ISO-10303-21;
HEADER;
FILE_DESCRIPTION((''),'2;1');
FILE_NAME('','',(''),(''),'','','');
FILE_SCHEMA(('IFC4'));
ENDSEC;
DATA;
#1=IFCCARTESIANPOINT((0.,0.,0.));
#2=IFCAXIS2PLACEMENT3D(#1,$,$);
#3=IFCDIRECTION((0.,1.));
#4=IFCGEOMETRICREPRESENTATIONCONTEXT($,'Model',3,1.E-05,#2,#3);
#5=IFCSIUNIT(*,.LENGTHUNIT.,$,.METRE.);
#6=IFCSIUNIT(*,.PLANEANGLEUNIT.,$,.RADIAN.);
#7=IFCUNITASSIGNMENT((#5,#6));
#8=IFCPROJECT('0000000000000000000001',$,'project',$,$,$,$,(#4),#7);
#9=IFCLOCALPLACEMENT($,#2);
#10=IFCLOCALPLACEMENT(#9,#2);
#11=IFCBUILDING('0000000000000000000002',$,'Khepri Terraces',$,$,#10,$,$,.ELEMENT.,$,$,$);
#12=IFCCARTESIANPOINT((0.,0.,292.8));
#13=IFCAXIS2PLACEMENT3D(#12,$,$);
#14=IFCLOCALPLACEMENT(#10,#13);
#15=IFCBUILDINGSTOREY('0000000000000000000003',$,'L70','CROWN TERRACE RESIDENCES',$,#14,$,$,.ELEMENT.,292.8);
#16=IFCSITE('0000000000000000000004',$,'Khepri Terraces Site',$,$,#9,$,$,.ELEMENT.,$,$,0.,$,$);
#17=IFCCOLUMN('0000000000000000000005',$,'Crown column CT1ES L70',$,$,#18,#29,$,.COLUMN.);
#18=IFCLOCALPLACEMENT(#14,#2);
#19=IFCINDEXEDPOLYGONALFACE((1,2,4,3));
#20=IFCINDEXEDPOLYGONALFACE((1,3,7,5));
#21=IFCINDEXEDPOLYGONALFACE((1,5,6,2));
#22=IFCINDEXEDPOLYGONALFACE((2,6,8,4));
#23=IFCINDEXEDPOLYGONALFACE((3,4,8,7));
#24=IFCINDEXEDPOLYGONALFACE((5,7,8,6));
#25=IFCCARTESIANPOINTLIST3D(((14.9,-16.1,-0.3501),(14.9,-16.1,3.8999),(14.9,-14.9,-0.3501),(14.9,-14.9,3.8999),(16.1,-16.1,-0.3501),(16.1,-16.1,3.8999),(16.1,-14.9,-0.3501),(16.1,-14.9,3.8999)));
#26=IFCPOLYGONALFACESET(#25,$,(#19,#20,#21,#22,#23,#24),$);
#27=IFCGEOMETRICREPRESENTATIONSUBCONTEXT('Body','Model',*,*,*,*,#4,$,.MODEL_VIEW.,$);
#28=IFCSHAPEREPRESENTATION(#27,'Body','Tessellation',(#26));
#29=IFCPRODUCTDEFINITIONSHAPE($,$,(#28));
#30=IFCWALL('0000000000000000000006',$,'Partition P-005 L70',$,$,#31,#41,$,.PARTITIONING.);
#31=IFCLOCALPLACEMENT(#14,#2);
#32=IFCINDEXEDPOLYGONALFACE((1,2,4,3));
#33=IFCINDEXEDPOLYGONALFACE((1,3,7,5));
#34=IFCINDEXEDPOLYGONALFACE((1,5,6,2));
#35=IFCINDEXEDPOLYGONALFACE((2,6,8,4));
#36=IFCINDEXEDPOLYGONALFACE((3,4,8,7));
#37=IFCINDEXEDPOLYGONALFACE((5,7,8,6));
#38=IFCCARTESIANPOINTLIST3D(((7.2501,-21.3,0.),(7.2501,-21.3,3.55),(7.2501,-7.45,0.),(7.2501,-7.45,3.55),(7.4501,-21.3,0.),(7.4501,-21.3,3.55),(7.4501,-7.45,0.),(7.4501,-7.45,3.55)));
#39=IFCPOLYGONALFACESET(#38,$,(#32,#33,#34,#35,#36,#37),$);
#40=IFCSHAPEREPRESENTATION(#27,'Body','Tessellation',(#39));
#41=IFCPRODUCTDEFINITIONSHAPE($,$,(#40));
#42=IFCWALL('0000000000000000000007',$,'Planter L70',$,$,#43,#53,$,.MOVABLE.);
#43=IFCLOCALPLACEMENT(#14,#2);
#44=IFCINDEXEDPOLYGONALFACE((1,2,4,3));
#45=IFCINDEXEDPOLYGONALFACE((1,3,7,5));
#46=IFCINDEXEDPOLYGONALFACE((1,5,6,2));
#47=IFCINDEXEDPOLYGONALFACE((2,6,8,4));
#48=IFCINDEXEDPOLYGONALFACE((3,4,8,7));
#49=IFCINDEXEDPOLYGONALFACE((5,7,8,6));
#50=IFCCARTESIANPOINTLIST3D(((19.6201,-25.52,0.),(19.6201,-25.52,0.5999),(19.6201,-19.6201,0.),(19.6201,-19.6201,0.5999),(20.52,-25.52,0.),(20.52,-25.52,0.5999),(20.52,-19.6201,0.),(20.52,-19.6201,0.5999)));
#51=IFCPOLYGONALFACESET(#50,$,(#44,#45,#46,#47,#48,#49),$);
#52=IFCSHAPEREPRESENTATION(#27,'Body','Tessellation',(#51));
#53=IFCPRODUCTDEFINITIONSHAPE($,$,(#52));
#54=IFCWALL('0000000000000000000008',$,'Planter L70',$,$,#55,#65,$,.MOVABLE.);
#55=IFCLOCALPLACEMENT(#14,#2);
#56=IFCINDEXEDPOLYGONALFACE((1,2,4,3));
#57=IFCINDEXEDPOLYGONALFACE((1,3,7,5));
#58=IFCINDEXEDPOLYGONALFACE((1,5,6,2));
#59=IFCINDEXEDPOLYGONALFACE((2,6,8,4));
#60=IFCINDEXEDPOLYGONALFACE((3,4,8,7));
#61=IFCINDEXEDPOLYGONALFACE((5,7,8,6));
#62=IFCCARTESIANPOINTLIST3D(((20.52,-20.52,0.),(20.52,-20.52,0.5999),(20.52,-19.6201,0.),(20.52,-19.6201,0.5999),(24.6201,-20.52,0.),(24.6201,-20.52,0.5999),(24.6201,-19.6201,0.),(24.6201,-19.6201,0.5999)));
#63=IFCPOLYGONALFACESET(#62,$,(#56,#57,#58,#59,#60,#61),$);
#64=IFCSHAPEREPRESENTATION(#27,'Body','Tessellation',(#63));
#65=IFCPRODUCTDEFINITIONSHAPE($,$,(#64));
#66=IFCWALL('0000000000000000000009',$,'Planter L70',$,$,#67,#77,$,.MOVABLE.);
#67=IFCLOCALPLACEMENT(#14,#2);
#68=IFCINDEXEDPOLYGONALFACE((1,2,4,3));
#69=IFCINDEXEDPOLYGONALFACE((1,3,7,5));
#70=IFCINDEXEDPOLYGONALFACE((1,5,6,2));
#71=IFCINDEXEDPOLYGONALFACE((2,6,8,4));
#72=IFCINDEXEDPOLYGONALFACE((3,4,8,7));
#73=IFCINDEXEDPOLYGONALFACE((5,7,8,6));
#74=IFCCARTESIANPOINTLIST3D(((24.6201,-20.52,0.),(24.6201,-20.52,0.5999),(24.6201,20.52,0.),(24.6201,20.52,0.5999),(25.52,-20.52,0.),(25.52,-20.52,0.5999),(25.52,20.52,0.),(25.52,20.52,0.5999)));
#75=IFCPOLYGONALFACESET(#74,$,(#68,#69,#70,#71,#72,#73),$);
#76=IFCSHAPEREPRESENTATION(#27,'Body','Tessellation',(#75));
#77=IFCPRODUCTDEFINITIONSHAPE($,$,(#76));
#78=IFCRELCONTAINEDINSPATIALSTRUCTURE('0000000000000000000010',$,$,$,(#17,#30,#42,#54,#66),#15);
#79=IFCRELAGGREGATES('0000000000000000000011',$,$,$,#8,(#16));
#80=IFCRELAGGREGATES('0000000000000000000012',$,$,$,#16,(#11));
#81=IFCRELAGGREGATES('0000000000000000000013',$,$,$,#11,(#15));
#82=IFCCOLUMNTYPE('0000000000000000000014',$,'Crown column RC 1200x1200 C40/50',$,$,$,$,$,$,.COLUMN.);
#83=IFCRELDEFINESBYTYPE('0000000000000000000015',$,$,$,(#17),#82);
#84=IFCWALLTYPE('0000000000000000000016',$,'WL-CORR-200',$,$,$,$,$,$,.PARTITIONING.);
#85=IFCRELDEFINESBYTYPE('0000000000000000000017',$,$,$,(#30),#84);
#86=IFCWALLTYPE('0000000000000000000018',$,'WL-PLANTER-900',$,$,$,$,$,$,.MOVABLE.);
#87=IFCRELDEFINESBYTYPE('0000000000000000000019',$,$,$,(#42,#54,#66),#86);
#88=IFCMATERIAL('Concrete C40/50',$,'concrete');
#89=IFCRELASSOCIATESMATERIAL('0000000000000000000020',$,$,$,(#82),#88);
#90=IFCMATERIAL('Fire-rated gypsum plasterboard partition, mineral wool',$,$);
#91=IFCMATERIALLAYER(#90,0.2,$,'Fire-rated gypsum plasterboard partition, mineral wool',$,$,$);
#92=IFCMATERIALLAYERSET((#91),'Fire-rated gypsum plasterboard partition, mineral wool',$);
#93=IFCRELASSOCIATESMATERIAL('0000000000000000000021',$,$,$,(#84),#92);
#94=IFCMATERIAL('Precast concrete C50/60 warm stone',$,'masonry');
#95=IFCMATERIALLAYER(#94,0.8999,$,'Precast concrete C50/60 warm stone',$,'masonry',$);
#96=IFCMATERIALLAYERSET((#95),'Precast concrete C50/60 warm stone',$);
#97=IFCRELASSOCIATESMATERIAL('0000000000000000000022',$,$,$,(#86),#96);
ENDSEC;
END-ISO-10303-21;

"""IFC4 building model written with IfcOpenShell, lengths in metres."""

from ifc_helpers import new_model, si_unit, direction, frame, frame_2d, origin, origin_2d, place, context, subcontext, project, spatial, rectangle, extrude, material, layer, layer_set, material_profile, profile_set, type_object, element, save


model = new_model("IFC4")

# Units and contexts
model_context = context("Model", 3, precision=1e-05, world=origin(), true_north=direction((0.0, 1.0)))
body_context = subcontext(model_context, "Body", "Model", "MODEL_VIEW")
ifc_project = project(units=[si_unit("LENGTHUNIT", "METRE"), si_unit("PLANEANGLEUNIT", "RADIAN")], contexts=[model_context])

# Site, building, storey
site_placement = place(None, origin())
site = spatial("IfcSite", under=ifc_project, at=site_placement, Name="Khepri Terraces Site", CompositionType="ELEMENT", RefElevation=0.0)
building_placement = place(site_placement, origin())
building = spatial("IfcBuilding", under=site, at=building_placement, Name="Khepri Terraces", CompositionType="ELEMENT")
storey_placement = place(building_placement, frame((0.0, 0.0, 292.8)))
storey = spatial("IfcBuildingStorey", under=building, at=storey_placement, Name="L70", Description="CROWN TERRACE RESIDENCES", CompositionType="ELEMENT", Elevation=292.8)

# Column
ifc_material_1 = material(Name="Concrete C40/50", Category="concrete")
ifc_material_profile = material_profile(ifc_material_1, rectangle(XDim=1.2, YDim=1.2, at=origin_2d()), Name="Concrete C40/50", Category="concrete")
ifc_profile_set = profile_set([ifc_material_profile], Name="Concrete C40/50")
column_type = type_object("IfcColumnType", Name="Crown column RC 1200x1200 C40/50", PredefinedType="COLUMN", material=ifc_profile_set)
column_placement = place(storey_placement, frame((15.5, -15.5, -0.3501), z_axis=(0.0, 0.0, 1.0), x_axis=(1.0, 0.0, 0.0)))
element("IfcColumn", 1, at=column_placement, inside=storey, type_object=column_type, Name="Crown column CT1ES L70", PredefinedType="COLUMN", context=body_context, shape_type="SweptSolid", body=[
    extrude(rectangle(XDim=1.2, YDim=1.2, at=origin_2d()), origin(), (0.0, 0.0, 1.0), 4.25),
])

# Wall
ifc_material_2 = material(Name="Fire-rated gypsum plasterboard partition, mineral wool")
ifc_layer_1 = layer(ifc_material_2, 0.2, Name="Fire-rated gypsum plasterboard partition, mineral wool")
ifc_layer_set_1 = layer_set([ifc_layer_1], Name="Fire-rated gypsum plasterboard partition, mineral wool")
wall_type_1 = type_object("IfcWallType", Name="WL-CORR-200", PredefinedType="PARTITIONING", material=ifc_layer_set_1)
wall_1_placement = place(storey_placement, frame((7.3501, -21.3, 0.0), z_axis=(0.0, 0.0, 1.0), x_axis=(0.0, 1.0, 0.0)))
element("IfcWall", 2, at=wall_1_placement, inside=storey, type_object=wall_type_1, Name="Partition P-005 L70", PredefinedType="PARTITIONING", context=body_context, shape_type="SweptSolid", body=[
    extrude(rectangle(XDim=13.8501, YDim=0.2, at=frame_2d((6.925, 0.0))), origin(), (0.0, 0.0, 1.0), 3.55),
])

# Shared definitions
ifc_material_3 = material(Name="Precast concrete C50/60 warm stone", Category="masonry")

# Walls
ifc_layer_2 = layer(ifc_material_3, 0.8999, Name="Precast concrete C50/60 warm stone", Category="masonry")
ifc_layer_set_2 = layer_set([ifc_layer_2], Name="Precast concrete C50/60 warm stone")
wall_type_2 = type_object("IfcWallType", Name="WL-PLANTER-900", PredefinedType="MOVABLE", material=ifc_layer_set_2)
wall_2_placement = place(storey_placement, frame((20.0701, -25.52, 0.0), z_axis=(0.0, 0.0, 1.0), x_axis=(0.0, 1.0, 0.0)))
element("IfcWall", 3, at=wall_2_placement, inside=storey, type_object=wall_type_2, Name="Planter L70", PredefinedType="MOVABLE", context=body_context, shape_type="SweptSolid", body=[
    extrude(rectangle(XDim=5.8999, YDim=0.8999, at=frame_2d((2.95, 0.0))), origin(), (0.0, 0.0, 1.0), 0.5999),
])
wall_3_placement = place(storey_placement, frame((20.52, -20.0701, 0.0), z_axis=(0.0, 0.0, 1.0), x_axis=(1.0, 0.0, 0.0)))
element("IfcWall", 4, at=wall_3_placement, inside=storey, type_object=wall_type_2, Name="Planter L70", PredefinedType="MOVABLE", context=body_context, shape_type="SweptSolid", body=[
    extrude(rectangle(XDim=4.1001, YDim=0.8999, at=frame_2d((2.05, 0.0))), origin(), (0.0, 0.0, 1.0), 0.5999),
])
wall_4_placement = place(storey_placement, frame((25.0701, -20.52, 0.0), z_axis=(0.0, 0.0, 1.0), x_axis=(0.0, 1.0, 0.0)))
element("IfcWall", 5, at=wall_4_placement, inside=storey, type_object=wall_type_2, Name="Planter L70", PredefinedType="MOVABLE", context=body_context, shape_type="SweptSolid", body=[
    extrude(rectangle(XDim=41.04, YDim=0.8999, at=frame_2d((20.52, 0.0))), origin(), (0.0, 0.0, 1.0), 0.5999),
])

save(model, "model.ifc")
